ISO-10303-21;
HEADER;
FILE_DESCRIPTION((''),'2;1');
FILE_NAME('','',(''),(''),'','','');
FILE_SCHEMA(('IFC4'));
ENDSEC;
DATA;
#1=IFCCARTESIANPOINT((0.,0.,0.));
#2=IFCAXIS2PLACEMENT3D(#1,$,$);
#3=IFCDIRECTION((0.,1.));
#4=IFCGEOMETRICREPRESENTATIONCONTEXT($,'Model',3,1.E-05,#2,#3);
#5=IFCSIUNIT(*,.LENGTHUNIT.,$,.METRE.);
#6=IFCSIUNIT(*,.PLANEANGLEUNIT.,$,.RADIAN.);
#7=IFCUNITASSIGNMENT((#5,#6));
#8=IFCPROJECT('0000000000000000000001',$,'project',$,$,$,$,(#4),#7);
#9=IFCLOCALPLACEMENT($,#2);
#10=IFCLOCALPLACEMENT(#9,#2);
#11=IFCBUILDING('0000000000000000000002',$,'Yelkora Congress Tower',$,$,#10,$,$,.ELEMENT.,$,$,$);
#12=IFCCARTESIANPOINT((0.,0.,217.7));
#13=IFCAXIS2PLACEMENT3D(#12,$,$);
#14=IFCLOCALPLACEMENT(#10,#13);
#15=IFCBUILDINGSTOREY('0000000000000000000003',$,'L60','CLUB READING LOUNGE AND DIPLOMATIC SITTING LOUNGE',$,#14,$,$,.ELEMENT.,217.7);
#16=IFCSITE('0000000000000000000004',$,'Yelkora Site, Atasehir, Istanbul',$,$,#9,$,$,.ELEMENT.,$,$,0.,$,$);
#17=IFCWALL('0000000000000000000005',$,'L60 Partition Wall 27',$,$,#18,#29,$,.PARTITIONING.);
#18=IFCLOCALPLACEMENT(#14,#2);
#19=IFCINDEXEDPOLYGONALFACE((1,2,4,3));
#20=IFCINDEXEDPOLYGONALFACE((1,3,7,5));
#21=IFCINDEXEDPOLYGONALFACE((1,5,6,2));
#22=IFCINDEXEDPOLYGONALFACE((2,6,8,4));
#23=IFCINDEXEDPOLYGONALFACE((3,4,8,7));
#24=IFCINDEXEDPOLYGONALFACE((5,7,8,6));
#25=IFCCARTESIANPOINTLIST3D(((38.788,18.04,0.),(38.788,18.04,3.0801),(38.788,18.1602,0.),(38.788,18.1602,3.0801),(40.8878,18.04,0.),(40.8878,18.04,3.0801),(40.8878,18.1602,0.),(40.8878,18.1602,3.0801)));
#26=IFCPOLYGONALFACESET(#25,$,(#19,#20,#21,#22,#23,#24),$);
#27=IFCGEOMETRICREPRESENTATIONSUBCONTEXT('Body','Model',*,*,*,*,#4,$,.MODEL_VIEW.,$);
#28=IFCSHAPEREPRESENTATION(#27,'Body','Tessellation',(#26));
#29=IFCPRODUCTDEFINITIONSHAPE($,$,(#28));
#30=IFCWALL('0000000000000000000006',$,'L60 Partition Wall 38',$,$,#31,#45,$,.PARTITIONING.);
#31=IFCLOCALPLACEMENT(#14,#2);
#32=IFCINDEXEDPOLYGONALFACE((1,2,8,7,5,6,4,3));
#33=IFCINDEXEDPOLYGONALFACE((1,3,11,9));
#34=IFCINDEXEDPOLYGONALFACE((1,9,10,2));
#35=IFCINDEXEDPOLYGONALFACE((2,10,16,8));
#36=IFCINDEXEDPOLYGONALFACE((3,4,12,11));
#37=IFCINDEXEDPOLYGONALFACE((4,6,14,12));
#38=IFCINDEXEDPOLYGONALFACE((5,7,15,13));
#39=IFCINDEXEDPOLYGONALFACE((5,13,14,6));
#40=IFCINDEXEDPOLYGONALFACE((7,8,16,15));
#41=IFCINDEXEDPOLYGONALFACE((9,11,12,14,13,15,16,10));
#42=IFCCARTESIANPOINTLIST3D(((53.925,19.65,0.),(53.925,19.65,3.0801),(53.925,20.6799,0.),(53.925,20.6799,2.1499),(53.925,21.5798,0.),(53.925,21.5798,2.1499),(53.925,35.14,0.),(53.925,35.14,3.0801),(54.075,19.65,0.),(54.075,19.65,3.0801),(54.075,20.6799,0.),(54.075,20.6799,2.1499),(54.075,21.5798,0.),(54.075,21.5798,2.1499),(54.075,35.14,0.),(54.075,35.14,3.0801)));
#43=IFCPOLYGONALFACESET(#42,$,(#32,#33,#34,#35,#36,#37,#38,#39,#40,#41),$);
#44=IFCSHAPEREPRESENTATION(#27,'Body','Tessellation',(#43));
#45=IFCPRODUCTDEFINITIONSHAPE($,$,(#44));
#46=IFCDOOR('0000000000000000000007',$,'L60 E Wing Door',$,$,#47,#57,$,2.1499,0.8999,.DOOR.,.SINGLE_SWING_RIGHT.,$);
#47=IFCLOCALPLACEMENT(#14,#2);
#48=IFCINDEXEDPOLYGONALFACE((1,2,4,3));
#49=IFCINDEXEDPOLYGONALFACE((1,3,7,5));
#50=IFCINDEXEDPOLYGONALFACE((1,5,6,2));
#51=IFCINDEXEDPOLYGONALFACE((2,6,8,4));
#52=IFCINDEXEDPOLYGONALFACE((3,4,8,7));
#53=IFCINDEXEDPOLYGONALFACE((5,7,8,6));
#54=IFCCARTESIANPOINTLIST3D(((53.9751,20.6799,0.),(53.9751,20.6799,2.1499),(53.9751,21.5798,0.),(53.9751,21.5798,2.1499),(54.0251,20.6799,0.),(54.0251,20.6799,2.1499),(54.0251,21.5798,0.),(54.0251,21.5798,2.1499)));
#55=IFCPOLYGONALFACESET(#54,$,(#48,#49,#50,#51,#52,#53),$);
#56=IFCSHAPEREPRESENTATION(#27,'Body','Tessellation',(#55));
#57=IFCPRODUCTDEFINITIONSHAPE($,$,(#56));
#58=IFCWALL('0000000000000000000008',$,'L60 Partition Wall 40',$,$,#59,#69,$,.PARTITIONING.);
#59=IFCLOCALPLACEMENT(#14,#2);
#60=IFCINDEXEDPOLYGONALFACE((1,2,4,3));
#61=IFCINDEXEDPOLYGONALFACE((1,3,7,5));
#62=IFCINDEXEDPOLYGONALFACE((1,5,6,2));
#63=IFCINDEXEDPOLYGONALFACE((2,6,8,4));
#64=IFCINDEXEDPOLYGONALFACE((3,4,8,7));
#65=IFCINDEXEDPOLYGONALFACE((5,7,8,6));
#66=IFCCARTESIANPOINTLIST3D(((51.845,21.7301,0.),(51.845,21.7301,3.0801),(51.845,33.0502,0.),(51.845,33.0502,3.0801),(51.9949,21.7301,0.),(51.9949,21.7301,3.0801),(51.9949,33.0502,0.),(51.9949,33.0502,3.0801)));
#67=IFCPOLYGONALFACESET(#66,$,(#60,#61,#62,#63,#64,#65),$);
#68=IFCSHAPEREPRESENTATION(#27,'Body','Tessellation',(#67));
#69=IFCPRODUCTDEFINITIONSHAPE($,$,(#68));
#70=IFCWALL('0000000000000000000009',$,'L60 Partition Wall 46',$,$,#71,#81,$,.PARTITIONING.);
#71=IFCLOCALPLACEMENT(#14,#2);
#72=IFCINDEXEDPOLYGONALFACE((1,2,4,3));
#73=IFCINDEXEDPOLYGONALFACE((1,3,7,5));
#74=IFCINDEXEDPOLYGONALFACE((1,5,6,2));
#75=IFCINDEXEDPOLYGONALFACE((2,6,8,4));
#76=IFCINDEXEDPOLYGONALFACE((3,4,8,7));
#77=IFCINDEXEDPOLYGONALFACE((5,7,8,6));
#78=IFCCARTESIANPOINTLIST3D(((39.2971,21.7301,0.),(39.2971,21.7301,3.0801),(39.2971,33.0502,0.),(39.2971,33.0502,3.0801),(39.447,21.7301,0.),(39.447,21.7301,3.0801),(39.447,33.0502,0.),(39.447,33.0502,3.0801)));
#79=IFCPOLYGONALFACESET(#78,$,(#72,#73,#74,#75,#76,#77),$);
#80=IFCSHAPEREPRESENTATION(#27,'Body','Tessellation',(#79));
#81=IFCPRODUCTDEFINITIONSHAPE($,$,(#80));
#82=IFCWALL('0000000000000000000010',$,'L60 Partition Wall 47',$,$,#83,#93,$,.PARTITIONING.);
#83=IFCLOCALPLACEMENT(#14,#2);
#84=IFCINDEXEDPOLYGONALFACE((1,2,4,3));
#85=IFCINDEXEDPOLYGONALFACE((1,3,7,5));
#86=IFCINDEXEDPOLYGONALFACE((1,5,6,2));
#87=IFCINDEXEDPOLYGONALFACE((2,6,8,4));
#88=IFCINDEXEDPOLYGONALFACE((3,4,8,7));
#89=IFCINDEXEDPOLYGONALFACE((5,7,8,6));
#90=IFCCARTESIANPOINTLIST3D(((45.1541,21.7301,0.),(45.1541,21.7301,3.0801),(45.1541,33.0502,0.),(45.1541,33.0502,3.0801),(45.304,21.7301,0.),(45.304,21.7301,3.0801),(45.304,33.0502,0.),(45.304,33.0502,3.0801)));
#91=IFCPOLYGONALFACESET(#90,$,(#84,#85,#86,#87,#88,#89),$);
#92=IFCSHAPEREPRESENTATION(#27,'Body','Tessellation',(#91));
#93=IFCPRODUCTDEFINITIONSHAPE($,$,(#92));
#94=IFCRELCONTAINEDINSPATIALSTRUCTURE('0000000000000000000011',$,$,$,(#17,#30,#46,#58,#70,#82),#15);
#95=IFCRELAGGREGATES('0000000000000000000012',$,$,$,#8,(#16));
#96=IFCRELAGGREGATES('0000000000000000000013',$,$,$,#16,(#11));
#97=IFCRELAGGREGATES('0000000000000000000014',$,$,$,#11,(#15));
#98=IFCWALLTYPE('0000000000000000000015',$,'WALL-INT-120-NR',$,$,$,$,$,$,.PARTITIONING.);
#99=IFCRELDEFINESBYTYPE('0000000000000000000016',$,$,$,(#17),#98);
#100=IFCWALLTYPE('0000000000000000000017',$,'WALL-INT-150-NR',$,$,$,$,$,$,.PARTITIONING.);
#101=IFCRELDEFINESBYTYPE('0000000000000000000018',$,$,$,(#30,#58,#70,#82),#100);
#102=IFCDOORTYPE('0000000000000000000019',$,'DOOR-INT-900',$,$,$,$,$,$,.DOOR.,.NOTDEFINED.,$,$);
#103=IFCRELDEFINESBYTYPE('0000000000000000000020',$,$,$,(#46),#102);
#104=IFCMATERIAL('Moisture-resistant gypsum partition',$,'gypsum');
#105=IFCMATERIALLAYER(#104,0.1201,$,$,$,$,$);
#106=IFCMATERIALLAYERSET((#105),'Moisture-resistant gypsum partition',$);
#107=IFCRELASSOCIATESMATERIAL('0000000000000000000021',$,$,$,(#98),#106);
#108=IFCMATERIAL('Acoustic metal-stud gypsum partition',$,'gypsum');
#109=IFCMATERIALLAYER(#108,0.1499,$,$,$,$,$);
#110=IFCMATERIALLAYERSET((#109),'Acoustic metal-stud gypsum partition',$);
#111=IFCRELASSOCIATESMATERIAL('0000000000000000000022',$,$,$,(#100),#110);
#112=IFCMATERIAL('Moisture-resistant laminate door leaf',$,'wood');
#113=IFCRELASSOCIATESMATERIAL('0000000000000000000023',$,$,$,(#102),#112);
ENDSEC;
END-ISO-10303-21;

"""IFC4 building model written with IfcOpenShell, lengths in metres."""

from ifc_helpers import new_model, si_unit, direction, frame, frame_2d, origin, place, context, subcontext, project, spatial, rectangle, extrude, material, layer, layer_set, type_object, element, fill, save


model = new_model("IFC4")

# Units and contexts
model_context = context("Model", 3, precision=1e-05, world=origin(), true_north=direction((0.0, 1.0)))
body_context = subcontext(model_context, "Body", "Model", "MODEL_VIEW")
ifc_project = project(units=[si_unit("LENGTHUNIT", "METRE"), si_unit("PLANEANGLEUNIT", "RADIAN")], contexts=[model_context])

# Site, building, storey
site_placement = place(None, origin())
site = spatial("IfcSite", under=ifc_project, at=site_placement, Name="Yelkora Site, Atasehir, Istanbul", CompositionType="ELEMENT", RefElevation=0.0)
building_placement = place(site_placement, origin())
building = spatial("IfcBuilding", under=site, at=building_placement, Name="Yelkora Congress Tower", CompositionType="ELEMENT")
storey_placement = place(building_placement, frame((0.0, 0.0, 217.7)))
storey = spatial("IfcBuildingStorey", under=building, at=storey_placement, Name="L60", Description="CLUB READING LOUNGE AND DIPLOMATIC SITTING LOUNGE", CompositionType="ELEMENT", Elevation=217.7)

# Wall
ifc_material_1 = material(Name="Moisture-resistant gypsum partition", Category="gypsum")
ifc_layer_1 = layer(ifc_material_1, 0.1201)
ifc_layer_set_1 = layer_set([ifc_layer_1], Name="Moisture-resistant gypsum partition")
wall_type_1 = type_object("IfcWallType", Name="WALL-INT-120-NR", PredefinedType="PARTITIONING", material=ifc_layer_set_1)
wall_1_placement = place(storey_placement, frame((38.7881, 18.1001, 0.0), z_axis=(0.0, 0.0, 1.0), x_axis=(1.0, 0.0, 0.0)))
element("IfcWall", 1, at=wall_1_placement, inside=storey, type_object=wall_type_1, Name="L60 Partition Wall 27", PredefinedType="PARTITIONING", context=body_context, shape_type="SweptSolid", body=[
    extrude(rectangle(XDim=2.0999, YDim=0.1201, at=frame_2d((1.0498, 0.0))), origin(), (0.0, 0.0, 1.0), 3.0801),
])

# Wall, opening, door
ifc_material_2 = material(Name="Acoustic metal-stud gypsum partition", Category="gypsum")
ifc_layer_2 = layer(ifc_material_2, 0.1499)
ifc_layer_set_2 = layer_set([ifc_layer_2], Name="Acoustic metal-stud gypsum partition")
wall_type_2 = type_object("IfcWallType", Name="WALL-INT-150-NR", PredefinedType="PARTITIONING", material=ifc_layer_set_2)
wall_2_placement = place(storey_placement, frame((54.0, 19.6499, 0.0), z_axis=(0.0, 0.0, 1.0), x_axis=(0.0, 1.0, 0.0)))
wall_2 = element("IfcWall", 2, at=wall_2_placement, inside=storey, type_object=wall_type_2, Name="L60 Partition Wall 38", PredefinedType="PARTITIONING", context=body_context, shape_type="SweptSolid", body=[
    extrude(rectangle(XDim=15.49, YDim=0.1499, at=frame_2d((7.7451, 0.0))), origin(), (0.0, 0.0, 1.0), 3.0801),
])
opening_1_placement = place(wall_2_placement, frame((1.03, 0.0, 0.0)))
opening_1 = element("IfcOpeningElement", 3, at=opening_1_placement, cuts=wall_2, PredefinedType="OPENING", context=body_context, shape_type="SweptSolid", body=[
    extrude(rectangle(XDim=0.8999, YDim=2.1499, at=frame_2d((0.45, 1.075))), frame((0.0, 0.085, 0.0), z_axis=(0.0, -1.0, 0.0), x_axis=(1.0, 0.0, 0.0)), (0.0, 0.0, 1.0), 0.1699),
])
ifc_material_3 = material(Name="Moisture-resistant laminate door leaf", Category="wood")
door_type_1 = type_object("IfcDoorType", Name="DOOR-INT-900", OperationType="NOTDEFINED", PredefinedType="DOOR", material=ifc_material_3)
door_1_placement = place(opening_1_placement, origin())
door_1 = element("IfcDoor", 4, at=door_1_placement, inside=storey, type_object=door_type_1, Name="L60 E Wing Door", OperationType="SINGLE_SWING_RIGHT", OverallHeight=2.1499, OverallWidth=0.8999, PredefinedType="DOOR", context=body_context, shape_type="SweptSolid", body=[
    extrude(rectangle(XDim=0.8999, YDim=2.1499, at=frame_2d((0.45, 1.075))), frame((0.0, 0.0249, 0.0), z_axis=(0.0, -1.0, 0.0), x_axis=(1.0, 0.0, 0.0)), (0.0, 0.0, 1.0), 0.05),
])
fill(opening_1, door_1)

# Walls
for number, where, z_axis, x_axis, name in (
    (5, (51.9199, 21.73, 0.0), (0.0, 0.0, 1.0), (0.0, 1.0, 0.0), "L60 Partition Wall 40"),
    (6, (39.3721, 21.73, 0.0), (0.0, 0.0, 1.0), (0.0, 1.0, 0.0), "L60 Partition Wall 46"),
    (7, (45.229, 21.73, 0.0), (0.0, 0.0, 1.0), (0.0, 1.0, 0.0), "L60 Partition Wall 47"),
):
    element("IfcWall", number, at=place(storey_placement, frame(where, z_axis=z_axis, x_axis=x_axis)), inside=storey, type_object=wall_type_2, Name=name, PredefinedType="PARTITIONING", context=body_context, shape_type="SweptSolid", body=[
        extrude(rectangle(XDim=11.3201, YDim=0.1499, at=frame_2d((5.6602, 0.0))), origin(), (0.0, 0.0, 1.0), 3.0801),
    ])

save(model, "model.ifc")
